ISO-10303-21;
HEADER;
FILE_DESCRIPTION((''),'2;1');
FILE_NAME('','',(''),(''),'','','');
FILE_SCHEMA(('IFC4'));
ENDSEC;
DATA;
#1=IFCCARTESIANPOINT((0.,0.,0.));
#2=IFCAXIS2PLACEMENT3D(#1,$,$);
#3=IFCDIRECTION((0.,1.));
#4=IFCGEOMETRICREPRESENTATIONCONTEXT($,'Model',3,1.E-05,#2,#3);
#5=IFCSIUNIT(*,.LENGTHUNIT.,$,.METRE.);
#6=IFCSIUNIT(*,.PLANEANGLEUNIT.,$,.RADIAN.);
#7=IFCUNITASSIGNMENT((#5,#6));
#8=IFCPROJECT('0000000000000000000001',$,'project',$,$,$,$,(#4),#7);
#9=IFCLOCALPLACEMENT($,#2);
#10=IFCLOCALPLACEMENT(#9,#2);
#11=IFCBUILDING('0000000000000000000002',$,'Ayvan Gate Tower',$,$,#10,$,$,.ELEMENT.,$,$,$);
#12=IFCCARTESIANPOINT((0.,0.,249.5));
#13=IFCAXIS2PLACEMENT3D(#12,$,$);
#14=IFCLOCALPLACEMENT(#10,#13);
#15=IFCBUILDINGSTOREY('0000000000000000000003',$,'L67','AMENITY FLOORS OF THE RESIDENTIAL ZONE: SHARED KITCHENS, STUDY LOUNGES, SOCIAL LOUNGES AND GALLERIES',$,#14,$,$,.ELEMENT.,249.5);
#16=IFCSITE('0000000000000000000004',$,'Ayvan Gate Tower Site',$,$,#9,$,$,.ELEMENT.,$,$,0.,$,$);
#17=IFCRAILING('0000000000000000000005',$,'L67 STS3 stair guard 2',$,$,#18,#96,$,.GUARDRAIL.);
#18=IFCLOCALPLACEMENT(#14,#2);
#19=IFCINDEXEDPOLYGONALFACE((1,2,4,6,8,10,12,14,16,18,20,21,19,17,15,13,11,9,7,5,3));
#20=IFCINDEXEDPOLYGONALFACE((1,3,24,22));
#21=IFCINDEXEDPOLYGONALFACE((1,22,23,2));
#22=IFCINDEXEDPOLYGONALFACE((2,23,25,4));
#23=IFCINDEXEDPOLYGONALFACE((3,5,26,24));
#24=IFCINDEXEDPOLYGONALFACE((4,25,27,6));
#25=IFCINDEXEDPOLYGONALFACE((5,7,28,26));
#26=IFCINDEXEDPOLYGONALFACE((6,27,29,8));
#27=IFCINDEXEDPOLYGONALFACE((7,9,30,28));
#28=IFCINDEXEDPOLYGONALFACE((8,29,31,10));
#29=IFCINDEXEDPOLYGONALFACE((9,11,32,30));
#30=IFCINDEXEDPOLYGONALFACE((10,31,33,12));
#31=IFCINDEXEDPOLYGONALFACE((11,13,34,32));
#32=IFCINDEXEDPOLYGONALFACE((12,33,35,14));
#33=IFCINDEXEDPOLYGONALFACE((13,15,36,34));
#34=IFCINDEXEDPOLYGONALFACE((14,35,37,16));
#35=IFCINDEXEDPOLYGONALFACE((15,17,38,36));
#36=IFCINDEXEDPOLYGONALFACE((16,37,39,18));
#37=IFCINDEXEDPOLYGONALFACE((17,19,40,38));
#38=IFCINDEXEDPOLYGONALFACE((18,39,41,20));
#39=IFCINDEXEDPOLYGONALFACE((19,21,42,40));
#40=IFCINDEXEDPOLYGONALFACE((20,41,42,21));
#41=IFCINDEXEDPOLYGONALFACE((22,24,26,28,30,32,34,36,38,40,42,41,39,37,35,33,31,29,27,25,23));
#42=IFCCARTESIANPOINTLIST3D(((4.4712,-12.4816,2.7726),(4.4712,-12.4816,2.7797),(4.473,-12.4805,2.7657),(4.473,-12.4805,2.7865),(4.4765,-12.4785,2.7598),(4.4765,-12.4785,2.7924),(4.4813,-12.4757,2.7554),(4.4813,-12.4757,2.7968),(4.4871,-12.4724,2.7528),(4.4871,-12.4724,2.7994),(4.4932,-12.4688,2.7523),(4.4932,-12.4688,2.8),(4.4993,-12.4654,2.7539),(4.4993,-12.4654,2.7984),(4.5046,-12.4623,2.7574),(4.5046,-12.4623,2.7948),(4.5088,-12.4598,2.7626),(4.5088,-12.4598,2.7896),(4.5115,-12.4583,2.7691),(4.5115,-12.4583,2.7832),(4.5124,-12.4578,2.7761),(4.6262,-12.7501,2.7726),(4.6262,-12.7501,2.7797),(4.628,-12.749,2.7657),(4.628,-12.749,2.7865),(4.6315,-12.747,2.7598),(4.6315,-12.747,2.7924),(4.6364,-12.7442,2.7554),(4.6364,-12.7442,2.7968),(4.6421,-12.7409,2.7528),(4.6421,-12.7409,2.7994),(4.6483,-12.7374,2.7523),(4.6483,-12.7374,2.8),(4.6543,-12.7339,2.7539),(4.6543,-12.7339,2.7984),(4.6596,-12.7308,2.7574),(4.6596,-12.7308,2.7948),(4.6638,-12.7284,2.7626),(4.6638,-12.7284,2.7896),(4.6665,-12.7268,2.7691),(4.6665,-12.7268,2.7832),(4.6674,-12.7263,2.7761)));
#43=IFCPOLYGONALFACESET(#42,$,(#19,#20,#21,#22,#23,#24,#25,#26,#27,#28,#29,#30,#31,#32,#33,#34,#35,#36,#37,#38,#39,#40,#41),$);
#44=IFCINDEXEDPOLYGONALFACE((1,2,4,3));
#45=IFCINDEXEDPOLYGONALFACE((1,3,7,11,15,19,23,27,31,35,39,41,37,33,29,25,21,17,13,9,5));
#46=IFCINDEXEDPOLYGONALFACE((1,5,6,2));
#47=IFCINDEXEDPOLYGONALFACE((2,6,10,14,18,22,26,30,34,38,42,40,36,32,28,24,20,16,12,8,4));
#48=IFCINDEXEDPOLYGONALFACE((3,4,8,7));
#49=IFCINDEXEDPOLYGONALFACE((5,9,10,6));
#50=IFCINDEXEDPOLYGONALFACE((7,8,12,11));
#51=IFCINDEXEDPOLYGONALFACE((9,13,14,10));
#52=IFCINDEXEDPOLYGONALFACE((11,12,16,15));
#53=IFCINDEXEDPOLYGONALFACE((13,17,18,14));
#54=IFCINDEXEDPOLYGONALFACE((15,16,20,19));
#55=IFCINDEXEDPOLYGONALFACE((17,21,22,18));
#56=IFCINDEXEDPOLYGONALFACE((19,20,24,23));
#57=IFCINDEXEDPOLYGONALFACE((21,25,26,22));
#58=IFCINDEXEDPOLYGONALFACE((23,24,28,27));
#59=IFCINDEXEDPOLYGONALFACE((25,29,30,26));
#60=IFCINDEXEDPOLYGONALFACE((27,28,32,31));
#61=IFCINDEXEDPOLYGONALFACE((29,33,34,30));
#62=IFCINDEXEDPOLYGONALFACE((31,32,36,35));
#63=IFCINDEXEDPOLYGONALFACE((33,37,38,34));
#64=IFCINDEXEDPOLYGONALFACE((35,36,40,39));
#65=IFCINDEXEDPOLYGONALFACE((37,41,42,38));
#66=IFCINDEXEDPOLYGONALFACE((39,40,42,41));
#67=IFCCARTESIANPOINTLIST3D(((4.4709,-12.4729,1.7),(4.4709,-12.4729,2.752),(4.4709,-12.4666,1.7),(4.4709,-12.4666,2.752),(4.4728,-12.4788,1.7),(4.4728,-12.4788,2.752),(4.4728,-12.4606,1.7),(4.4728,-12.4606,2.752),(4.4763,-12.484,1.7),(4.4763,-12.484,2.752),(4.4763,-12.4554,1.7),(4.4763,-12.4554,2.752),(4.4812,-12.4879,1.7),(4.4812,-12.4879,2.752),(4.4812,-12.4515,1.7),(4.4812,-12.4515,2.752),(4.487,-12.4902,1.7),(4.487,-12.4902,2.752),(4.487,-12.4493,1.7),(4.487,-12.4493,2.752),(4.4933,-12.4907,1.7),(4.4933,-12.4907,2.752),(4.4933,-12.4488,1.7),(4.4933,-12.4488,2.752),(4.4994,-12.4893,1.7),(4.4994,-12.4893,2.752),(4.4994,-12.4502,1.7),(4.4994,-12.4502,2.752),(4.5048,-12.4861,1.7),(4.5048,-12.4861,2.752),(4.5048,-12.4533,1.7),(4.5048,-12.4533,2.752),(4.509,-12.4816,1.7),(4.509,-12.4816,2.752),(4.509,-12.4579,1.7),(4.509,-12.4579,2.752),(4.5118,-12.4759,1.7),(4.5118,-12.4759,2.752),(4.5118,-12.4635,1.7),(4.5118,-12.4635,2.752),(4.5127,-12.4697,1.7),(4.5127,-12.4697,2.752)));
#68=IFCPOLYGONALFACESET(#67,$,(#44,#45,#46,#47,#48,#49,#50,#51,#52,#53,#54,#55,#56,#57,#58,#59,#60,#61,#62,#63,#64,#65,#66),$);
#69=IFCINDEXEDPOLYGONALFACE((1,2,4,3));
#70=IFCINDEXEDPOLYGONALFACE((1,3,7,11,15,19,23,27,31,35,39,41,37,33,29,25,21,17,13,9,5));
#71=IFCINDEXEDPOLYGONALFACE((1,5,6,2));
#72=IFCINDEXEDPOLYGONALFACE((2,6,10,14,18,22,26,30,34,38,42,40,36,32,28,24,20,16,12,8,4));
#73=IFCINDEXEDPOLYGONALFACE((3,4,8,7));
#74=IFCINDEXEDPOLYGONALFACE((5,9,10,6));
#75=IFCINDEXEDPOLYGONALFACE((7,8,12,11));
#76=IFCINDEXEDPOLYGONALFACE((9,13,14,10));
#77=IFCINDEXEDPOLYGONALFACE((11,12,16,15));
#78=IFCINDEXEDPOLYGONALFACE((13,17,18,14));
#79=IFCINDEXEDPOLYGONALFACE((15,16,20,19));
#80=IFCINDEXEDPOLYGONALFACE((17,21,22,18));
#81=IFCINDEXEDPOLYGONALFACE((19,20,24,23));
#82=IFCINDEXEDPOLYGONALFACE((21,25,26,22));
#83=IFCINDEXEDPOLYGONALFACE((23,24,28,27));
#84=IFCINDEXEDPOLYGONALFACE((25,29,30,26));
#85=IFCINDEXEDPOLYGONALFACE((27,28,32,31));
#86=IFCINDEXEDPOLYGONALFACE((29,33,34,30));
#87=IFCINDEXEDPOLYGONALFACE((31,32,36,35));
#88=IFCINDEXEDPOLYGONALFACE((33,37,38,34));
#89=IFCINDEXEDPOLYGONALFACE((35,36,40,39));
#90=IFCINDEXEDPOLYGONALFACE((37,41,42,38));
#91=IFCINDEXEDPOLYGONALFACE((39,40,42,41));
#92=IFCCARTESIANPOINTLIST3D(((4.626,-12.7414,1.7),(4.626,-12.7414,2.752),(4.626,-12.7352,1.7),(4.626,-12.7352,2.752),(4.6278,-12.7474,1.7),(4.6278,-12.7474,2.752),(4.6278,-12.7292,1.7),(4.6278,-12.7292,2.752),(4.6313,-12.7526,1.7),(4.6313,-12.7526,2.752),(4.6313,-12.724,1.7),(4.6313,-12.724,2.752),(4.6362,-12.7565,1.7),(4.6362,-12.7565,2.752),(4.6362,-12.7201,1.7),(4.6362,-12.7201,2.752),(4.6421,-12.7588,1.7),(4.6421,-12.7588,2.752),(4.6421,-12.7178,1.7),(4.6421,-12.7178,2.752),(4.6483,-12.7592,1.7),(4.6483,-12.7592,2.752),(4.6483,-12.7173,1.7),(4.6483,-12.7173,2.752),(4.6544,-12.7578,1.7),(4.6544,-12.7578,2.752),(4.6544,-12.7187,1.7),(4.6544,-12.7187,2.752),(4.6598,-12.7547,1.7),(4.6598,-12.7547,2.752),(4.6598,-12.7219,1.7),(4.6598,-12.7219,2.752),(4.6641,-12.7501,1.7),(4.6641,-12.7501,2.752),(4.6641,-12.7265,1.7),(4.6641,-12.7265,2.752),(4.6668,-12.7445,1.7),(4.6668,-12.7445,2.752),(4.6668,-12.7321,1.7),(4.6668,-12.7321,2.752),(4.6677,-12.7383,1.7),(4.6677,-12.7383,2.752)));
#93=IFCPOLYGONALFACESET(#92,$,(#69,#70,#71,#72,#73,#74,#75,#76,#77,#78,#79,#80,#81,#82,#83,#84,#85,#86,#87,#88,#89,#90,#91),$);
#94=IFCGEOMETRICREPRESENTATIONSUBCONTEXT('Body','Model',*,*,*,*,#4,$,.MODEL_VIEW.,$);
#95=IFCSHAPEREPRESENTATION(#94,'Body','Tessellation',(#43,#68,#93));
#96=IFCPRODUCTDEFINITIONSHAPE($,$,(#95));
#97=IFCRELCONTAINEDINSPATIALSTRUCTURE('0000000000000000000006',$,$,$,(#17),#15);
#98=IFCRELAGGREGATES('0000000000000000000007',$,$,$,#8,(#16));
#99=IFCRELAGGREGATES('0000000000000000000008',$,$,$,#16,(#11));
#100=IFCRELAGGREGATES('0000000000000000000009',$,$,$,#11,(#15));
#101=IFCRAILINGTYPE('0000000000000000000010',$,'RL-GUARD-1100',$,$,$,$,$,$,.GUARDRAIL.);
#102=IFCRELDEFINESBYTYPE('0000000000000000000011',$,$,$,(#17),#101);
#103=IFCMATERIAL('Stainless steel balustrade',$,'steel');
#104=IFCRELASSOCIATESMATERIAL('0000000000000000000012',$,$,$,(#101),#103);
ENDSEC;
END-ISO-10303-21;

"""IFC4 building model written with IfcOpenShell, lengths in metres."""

from ifc_helpers import new_model, si_unit, direction, frame, origin, origin_2d, place, context, subcontext, project, spatial, circle, extrude, material, type_object, element, save


model = new_model("IFC4")

# Units and contexts
model_context = context("Model", 3, precision=1e-05, world=origin(), true_north=direction((0.0, 1.0)))
body_context = subcontext(model_context, "Body", "Model", "MODEL_VIEW")
ifc_project = project(units=[si_unit("LENGTHUNIT", "METRE"), si_unit("PLANEANGLEUNIT", "RADIAN")], contexts=[model_context])

# Site, building, storey
site_placement = place(None, origin())
site = spatial("IfcSite", under=ifc_project, at=site_placement, Name="Ayvan Gate Tower Site", CompositionType="ELEMENT", RefElevation=0.0)
building_placement = place(site_placement, origin())
building = spatial("IfcBuilding", under=site, at=building_placement, Name="Ayvan Gate Tower", CompositionType="ELEMENT")
storey_placement = place(building_placement, frame((0.0, 0.0, 249.5)))
storey = spatial("IfcBuildingStorey", under=building, at=storey_placement, Name="L67", Description="AMENITY FLOORS OF THE RESIDENTIAL ZONE: SHARED KITCHENS, STUDY LOUNGES, SOCIAL LOUNGES AND GALLERIES", CompositionType="ELEMENT", Elevation=249.5)

# Railing
ifc_material_1 = material(Name="Stainless steel balustrade", Category="steel")
railing_type_1 = type_object("IfcRailingType", Name="RL-GUARD-1100", PredefinedType="GUARDRAIL", material=ifc_material_1)
railing_1_placement = place(storey_placement, frame((4.4917, -12.4697, 1.7)))
element("IfcRailing", 1, at=railing_1_placement, inside=storey, type_object=railing_type_1, Name="L67 STS3 stair guard 2", PredefinedType="GUARDRAIL", context=body_context, shape_type="SweptSolid", body=[
    extrude(circle(Radius=0.0239, at=origin_2d()), frame((0.0, 0.0, 1.0762), z_axis=(0.49995, -0.866054, 0.0), x_axis=(0.866054, 0.49995, 0.0)), (0.0, 0.0, 1.0), 0.3101),
    extrude(circle(Radius=0.021, at=origin_2d()), origin(), (0.0, 0.0, 1.0), 1.052),
    extrude(circle(Radius=0.021, at=origin_2d()), frame((0.155, -0.2686, 0.0)), (0.0, 0.0, 1.0), 1.052),
])

save(model, "model.ifc")
